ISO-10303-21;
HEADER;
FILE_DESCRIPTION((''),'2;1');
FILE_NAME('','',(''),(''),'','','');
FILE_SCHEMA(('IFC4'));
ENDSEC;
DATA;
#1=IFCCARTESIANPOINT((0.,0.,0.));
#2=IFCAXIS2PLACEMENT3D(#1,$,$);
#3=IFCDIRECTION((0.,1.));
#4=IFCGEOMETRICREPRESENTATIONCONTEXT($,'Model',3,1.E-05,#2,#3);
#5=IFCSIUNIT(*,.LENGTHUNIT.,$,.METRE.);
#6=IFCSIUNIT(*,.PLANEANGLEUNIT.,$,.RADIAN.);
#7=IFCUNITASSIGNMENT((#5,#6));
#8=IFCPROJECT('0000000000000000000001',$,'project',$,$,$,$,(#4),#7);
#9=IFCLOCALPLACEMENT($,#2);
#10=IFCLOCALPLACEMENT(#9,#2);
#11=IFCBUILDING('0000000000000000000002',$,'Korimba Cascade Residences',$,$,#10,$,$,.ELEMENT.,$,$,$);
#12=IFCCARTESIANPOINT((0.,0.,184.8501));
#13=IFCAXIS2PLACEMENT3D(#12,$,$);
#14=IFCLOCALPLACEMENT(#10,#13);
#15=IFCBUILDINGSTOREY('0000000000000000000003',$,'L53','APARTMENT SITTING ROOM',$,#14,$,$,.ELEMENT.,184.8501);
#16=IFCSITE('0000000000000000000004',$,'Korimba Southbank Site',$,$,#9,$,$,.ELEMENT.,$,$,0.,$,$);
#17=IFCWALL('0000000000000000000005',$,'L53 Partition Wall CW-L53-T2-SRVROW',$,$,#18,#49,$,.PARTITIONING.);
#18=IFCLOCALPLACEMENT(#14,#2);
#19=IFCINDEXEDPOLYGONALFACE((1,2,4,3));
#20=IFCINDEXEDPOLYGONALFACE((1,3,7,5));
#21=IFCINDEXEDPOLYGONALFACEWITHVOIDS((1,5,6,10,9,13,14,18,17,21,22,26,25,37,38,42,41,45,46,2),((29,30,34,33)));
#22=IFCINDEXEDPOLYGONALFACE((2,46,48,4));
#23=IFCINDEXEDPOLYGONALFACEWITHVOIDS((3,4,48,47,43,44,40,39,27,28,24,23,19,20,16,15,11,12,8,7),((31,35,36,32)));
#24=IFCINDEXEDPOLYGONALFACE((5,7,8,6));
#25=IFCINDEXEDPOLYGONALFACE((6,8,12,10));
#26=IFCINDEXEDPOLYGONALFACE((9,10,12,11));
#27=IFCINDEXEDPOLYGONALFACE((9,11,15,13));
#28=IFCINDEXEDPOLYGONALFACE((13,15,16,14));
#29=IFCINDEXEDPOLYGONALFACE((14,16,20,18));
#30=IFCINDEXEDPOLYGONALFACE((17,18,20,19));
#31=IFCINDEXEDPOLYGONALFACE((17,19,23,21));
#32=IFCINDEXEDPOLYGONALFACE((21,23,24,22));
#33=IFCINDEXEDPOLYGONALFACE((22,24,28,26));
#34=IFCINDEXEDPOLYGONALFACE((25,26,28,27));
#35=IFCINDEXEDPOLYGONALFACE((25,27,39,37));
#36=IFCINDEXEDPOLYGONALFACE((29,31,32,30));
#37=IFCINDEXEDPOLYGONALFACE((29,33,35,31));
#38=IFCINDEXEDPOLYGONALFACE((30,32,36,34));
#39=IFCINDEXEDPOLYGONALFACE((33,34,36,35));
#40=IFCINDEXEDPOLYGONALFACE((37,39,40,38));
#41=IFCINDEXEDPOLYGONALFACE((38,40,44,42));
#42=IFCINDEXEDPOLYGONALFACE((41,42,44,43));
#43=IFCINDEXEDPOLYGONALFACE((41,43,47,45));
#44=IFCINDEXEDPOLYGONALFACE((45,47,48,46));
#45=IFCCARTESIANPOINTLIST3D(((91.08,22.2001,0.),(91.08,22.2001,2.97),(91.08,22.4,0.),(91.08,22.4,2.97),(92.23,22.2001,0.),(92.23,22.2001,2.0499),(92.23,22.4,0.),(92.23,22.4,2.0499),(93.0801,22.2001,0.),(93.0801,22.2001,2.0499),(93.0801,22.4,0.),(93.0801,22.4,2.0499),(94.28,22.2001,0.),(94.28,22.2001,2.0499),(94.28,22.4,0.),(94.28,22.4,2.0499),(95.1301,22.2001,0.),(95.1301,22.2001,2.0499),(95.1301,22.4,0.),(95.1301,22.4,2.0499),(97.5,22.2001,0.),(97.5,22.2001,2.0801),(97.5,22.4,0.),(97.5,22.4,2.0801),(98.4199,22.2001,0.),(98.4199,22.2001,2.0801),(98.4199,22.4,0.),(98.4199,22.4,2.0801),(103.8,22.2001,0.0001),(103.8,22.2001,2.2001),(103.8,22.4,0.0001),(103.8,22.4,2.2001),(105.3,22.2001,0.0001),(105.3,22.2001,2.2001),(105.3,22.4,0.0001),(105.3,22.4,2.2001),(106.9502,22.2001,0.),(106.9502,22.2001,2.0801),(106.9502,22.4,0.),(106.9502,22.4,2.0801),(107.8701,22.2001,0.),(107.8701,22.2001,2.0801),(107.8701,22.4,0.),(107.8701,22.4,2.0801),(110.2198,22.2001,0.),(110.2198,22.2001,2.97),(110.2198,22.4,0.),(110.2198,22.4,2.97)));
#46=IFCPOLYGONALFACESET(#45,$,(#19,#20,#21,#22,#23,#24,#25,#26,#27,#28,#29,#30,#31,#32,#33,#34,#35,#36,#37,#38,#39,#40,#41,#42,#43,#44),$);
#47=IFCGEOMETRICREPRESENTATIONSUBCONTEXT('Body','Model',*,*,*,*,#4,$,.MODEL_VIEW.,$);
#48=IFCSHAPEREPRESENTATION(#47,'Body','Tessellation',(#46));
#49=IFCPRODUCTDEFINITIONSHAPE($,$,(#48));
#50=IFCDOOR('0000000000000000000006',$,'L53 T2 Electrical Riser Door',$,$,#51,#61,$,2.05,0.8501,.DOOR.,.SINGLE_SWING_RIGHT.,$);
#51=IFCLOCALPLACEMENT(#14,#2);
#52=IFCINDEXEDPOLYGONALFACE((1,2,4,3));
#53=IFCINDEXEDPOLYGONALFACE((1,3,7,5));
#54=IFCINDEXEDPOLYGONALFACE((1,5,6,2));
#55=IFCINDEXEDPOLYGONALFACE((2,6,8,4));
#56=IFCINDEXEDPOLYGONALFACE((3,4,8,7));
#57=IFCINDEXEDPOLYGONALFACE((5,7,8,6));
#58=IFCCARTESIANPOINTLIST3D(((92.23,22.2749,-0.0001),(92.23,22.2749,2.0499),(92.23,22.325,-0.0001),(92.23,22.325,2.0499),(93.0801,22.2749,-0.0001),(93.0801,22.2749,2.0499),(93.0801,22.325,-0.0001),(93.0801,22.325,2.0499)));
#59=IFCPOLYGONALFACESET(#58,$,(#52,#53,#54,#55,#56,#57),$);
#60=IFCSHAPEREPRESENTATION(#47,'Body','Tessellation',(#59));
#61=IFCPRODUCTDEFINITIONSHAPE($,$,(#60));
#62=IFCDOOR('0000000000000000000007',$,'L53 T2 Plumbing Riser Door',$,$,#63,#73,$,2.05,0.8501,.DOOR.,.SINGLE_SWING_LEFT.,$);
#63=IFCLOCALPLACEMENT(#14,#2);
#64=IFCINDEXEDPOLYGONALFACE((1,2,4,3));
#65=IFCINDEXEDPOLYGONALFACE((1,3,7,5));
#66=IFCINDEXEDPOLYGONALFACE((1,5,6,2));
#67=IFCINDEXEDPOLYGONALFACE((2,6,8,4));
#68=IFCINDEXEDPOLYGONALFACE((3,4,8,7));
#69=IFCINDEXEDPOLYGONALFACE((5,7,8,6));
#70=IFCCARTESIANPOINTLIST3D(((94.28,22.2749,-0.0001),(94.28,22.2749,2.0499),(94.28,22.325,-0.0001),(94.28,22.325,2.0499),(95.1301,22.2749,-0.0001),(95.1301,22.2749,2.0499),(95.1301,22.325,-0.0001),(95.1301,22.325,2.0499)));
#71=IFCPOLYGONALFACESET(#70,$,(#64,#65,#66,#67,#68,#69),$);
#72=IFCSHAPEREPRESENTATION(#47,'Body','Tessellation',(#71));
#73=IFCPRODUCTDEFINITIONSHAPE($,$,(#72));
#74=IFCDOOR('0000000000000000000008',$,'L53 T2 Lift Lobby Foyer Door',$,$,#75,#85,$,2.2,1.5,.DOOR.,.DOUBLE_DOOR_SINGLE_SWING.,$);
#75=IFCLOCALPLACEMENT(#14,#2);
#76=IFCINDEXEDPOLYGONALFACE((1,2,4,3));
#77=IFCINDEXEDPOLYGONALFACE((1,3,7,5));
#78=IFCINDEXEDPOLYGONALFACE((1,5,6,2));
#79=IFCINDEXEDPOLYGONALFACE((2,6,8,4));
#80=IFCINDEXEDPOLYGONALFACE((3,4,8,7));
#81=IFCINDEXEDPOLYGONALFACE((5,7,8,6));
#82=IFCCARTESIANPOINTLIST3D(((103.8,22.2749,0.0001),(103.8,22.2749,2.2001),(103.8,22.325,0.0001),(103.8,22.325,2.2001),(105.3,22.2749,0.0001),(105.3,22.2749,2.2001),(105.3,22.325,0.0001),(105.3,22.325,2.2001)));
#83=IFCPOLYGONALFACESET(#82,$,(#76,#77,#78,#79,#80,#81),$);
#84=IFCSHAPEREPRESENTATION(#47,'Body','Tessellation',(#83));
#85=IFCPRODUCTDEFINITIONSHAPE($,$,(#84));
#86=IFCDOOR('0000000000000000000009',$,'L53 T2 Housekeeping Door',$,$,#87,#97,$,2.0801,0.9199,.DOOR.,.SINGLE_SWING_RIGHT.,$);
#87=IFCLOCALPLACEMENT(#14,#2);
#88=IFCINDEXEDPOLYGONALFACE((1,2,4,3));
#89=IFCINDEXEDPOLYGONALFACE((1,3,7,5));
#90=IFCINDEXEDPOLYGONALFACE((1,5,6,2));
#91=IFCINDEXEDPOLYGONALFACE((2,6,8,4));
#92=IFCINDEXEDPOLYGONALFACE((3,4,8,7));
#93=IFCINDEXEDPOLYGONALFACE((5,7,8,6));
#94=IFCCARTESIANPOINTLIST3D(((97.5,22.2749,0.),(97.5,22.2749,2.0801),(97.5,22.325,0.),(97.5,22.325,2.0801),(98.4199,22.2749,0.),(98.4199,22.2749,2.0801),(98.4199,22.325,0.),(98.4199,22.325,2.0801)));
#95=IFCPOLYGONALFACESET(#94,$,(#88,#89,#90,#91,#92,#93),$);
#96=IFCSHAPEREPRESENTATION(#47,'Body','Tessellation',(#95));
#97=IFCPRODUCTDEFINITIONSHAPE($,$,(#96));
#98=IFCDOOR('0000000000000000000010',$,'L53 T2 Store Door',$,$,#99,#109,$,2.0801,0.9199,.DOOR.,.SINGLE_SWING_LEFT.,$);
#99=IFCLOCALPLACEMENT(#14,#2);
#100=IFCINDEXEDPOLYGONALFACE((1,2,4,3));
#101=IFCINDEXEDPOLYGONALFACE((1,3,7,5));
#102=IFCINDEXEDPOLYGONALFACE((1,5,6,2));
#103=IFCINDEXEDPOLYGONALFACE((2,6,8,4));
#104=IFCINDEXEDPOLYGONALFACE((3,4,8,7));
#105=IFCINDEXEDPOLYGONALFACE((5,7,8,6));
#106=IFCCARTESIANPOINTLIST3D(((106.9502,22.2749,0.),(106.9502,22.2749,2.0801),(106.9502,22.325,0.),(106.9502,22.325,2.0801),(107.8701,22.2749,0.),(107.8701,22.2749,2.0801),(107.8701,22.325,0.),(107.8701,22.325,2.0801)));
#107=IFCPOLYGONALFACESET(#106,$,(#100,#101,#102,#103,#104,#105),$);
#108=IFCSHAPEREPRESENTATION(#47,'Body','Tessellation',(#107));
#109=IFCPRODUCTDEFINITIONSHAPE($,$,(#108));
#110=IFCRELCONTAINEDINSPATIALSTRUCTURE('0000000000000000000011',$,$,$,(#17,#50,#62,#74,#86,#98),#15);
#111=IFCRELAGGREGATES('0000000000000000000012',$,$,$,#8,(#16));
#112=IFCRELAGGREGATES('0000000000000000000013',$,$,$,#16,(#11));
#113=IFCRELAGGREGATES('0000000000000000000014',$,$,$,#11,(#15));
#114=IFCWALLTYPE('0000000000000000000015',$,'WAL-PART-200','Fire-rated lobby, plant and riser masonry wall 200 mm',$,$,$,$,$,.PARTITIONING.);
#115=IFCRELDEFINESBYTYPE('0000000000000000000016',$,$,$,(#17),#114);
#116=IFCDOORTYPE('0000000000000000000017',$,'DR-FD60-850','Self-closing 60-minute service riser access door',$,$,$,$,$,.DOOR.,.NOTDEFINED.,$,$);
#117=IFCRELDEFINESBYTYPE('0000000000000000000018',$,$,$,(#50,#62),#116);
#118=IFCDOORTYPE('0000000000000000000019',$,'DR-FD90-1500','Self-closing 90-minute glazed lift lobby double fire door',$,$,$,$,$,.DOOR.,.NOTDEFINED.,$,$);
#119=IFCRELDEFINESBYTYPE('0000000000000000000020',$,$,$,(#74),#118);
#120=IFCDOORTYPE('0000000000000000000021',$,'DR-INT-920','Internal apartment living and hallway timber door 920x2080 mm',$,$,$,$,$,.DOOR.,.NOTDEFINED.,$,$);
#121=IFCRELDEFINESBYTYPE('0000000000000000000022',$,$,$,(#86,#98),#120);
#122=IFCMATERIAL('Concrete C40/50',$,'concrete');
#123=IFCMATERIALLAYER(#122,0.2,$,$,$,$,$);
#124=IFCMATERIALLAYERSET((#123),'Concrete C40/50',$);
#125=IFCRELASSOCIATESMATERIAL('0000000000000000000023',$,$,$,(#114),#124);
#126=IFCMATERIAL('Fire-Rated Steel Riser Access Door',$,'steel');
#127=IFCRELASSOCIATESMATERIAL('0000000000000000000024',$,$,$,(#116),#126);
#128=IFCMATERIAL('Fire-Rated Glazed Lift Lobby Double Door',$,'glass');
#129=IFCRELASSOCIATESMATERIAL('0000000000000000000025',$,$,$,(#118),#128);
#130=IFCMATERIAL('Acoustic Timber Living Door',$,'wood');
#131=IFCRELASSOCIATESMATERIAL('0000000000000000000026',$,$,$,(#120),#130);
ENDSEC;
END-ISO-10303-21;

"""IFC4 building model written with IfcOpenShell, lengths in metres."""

from ifc_helpers import new_model, si_unit, direction, frame, frame_2d, origin, place, context, subcontext, project, spatial, rectangle, extrude, material, layer, layer_set, type_object, element, fill, save


model = new_model("IFC4")

# Units and contexts
model_context = context("Model", 3, precision=1e-05, world=origin(), true_north=direction((0.0, 1.0)))
body_context = subcontext(model_context, "Body", "Model", "MODEL_VIEW")
ifc_project = project(units=[si_unit("LENGTHUNIT", "METRE"), si_unit("PLANEANGLEUNIT", "RADIAN")], contexts=[model_context])

# Site, building, storey
site_placement = place(None, origin())
site = spatial("IfcSite", under=ifc_project, at=site_placement, Name="Korimba Southbank Site", CompositionType="ELEMENT", RefElevation=0.0)
building_placement = place(site_placement, origin())
building = spatial("IfcBuilding", under=site, at=building_placement, Name="Korimba Cascade Residences", CompositionType="ELEMENT")
storey_placement = place(building_placement, frame((0.0, 0.0, 184.8501)))
storey = spatial("IfcBuildingStorey", under=building, at=storey_placement, Name="L53", Description="APARTMENT SITTING ROOM", CompositionType="ELEMENT", Elevation=184.8501)

# Shared definitions
ifc_material_1 = material(Name="Concrete C40/50", Category="concrete")
ifc_layer_1 = layer(ifc_material_1, 0.2)
ifc_layer_set_1 = layer_set([ifc_layer_1], Name="Concrete C40/50")
wall_type_1 = type_object("IfcWallType", Name="WAL-PART-200", Description="Fire-rated lobby, plant and riser masonry wall 200 mm", PredefinedType="PARTITIONING", material=ifc_layer_set_1)

# Wall, openings, doors
wall_1_placement = place(storey_placement, frame((91.0801, 22.3, 0.0), z_axis=(0.0, 0.0, 1.0), x_axis=(1.0, 0.0, 0.0)))
wall_1 = element("IfcWall", 1, at=wall_1_placement, inside=storey, type_object=wall_type_1, Name="L53 Partition Wall CW-L53-T2-SRVROW", PredefinedType="PARTITIONING", context=body_context, shape_type="SweptSolid", body=[
    extrude(rectangle(XDim=19.1399, YDim=0.2, at=frame_2d((9.5698, 0.0))), origin(), (0.0, 0.0, 1.0), 2.97),
])
opening_1_placement = place(wall_1_placement, frame((1.1499, 0.0, 0.0)))
opening_1 = element("IfcOpeningElement", 2, at=opening_1_placement, cuts=wall_1, PredefinedType="OPENING", context=body_context, shape_type="SweptSolid", body=[
    extrude(rectangle(XDim=0.8501, YDim=2.05, at=frame_2d((0.425, 1.0249))), frame((0.0, 0.1099, 0.0), z_axis=(0.0, -1.0, 0.0), x_axis=(1.0, 0.0, 0.0)), (0.0, 0.0, 1.0), 0.22),
])
opening_2_placement = place(wall_1_placement, frame((3.2, 0.0, 0.0)))
opening_2 = element("IfcOpeningElement", 3, at=opening_2_placement, cuts=wall_1, PredefinedType="OPENING", context=body_context, shape_type="SweptSolid", body=[
    extrude(rectangle(XDim=0.8501, YDim=2.05, at=frame_2d((0.425, 1.0249))), frame((0.0, 0.1099, 0.0), z_axis=(0.0, -1.0, 0.0), x_axis=(1.0, 0.0, 0.0)), (0.0, 0.0, 1.0), 0.22),
])
opening_3_placement = place(wall_1_placement, frame((12.72, 0.0, 0.0)))
opening_3 = element("IfcOpeningElement", 4, at=opening_3_placement, cuts=wall_1, PredefinedType="OPENING", context=body_context, shape_type="SweptSolid", body=[
    extrude(rectangle(XDim=1.5, YDim=2.2, at=frame_2d((0.75, 1.1001))), frame((0.0, 0.1099, 0.0), z_axis=(0.0, -1.0, 0.0), x_axis=(1.0, 0.0, 0.0)), (0.0, 0.0, 1.0), 0.22),
])
opening_4_placement = place(wall_1_placement, frame((6.4199, 0.0, 0.0)))
opening_4 = element("IfcOpeningElement", 5, at=opening_4_placement, cuts=wall_1, PredefinedType="OPENING", context=body_context, shape_type="SweptSolid", body=[
    extrude(rectangle(XDim=0.9199, YDim=2.0801, at=frame_2d((0.46, 1.04))), frame((0.0, 0.1099, 0.0), z_axis=(0.0, -1.0, 0.0), x_axis=(1.0, 0.0, 0.0)), (0.0, 0.0, 1.0), 0.22),
])
opening_5_placement = place(wall_1_placement, frame((15.8701, 0.0, 0.0)))
opening_5 = element("IfcOpeningElement", 6, at=opening_5_placement, cuts=wall_1, PredefinedType="OPENING", context=body_context, shape_type="SweptSolid", body=[
    extrude(rectangle(XDim=0.9199, YDim=2.0801, at=frame_2d((0.46, 1.04))), frame((0.0, 0.1099, 0.0), z_axis=(0.0, -1.0, 0.0), x_axis=(1.0, 0.0, 0.0)), (0.0, 0.0, 1.0), 0.22),
])
ifc_material_2 = material(Name="Fire-Rated Steel Riser Access Door", Category="steel")
door_type_1 = type_object("IfcDoorType", Name="DR-FD60-850", Description="Self-closing 60-minute service riser access door", OperationType="NOTDEFINED", PredefinedType="DOOR", material=ifc_material_2)
door_1_placement = place(opening_1_placement, origin())
door_1 = element("IfcDoor", 7, at=door_1_placement, inside=storey, type_object=door_type_1, Name="L53 T2 Electrical Riser Door", OperationType="SINGLE_SWING_RIGHT", OverallHeight=2.05, OverallWidth=0.8501, PredefinedType="DOOR", context=body_context, shape_type="SweptSolid", body=[
    extrude(rectangle(XDim=0.8501, YDim=2.05, at=frame_2d((0.425, 1.0249))), frame((0.0, 0.0249, 0.0), z_axis=(0.0, -1.0, 0.0), x_axis=(1.0, 0.0, 0.0)), (0.0, 0.0, 1.0), 0.05),
])
fill(opening_1, door_1)
door_2_placement = place(opening_2_placement, origin())
door_2 = element("IfcDoor", 8, at=door_2_placement, inside=storey, type_object=door_type_1, Name="L53 T2 Plumbing Riser Door", OperationType="SINGLE_SWING_LEFT", OverallHeight=2.05, OverallWidth=0.8501, PredefinedType="DOOR", context=body_context, shape_type="SweptSolid", body=[
    extrude(rectangle(XDim=0.8501, YDim=2.05, at=frame_2d((0.425, 1.0249))), frame((0.0, 0.0249, 0.0), z_axis=(0.0, -1.0, 0.0), x_axis=(1.0, 0.0, 0.0)), (0.0, 0.0, 1.0), 0.05),
])
fill(opening_2, door_2)
ifc_material_3 = material(Name="Fire-Rated Glazed Lift Lobby Double Door", Category="glass")
door_type_2 = type_object("IfcDoorType", Name="DR-FD90-1500", Description="Self-closing 90-minute glazed lift lobby double fire door", OperationType="NOTDEFINED", PredefinedType="DOOR", material=ifc_material_3)
door_3_placement = place(opening_3_placement, origin())
door_3 = element("IfcDoor", 9, at=door_3_placement, inside=storey, type_object=door_type_2, Name="L53 T2 Lift Lobby Foyer Door", OperationType="DOUBLE_DOOR_SINGLE_SWING", OverallHeight=2.2, OverallWidth=1.5, PredefinedType="DOOR", context=body_context, shape_type="SweptSolid", body=[
    extrude(rectangle(XDim=1.5, YDim=2.2, at=frame_2d((0.75, 1.1001))), frame((0.0, 0.0249, 0.0), z_axis=(0.0, -1.0, 0.0), x_axis=(1.0, 0.0, 0.0)), (0.0, 0.0, 1.0), 0.05),
])
fill(opening_3, door_3)
ifc_material_4 = material(Name="Acoustic Timber Living Door", Category="wood")
door_type_3 = type_object("IfcDoorType", Name="DR-INT-920", Description="Internal apartment living and hallway timber door 920x2080 mm", OperationType="NOTDEFINED", PredefinedType="DOOR", material=ifc_material_4)
door_4_placement = place(opening_4_placement, origin())
door_4 = element("IfcDoor", 10, at=door_4_placement, inside=storey, type_object=door_type_3, Name="L53 T2 Housekeeping Door", OperationType="SINGLE_SWING_RIGHT", OverallHeight=2.0801, OverallWidth=0.9199, PredefinedType="DOOR", context=body_context, shape_type="SweptSolid", body=[
    extrude(rectangle(XDim=0.9199, YDim=2.0801, at=frame_2d((0.46, 1.04))), frame((0.0, 0.0249, 0.0), z_axis=(0.0, -1.0, 0.0), x_axis=(1.0, 0.0, 0.0)), (0.0, 0.0, 1.0), 0.05),
])
fill(opening_4, door_4)
door_5_placement = place(opening_5_placement, origin())
door_5 = element("IfcDoor", 11, at=door_5_placement, inside=storey, type_object=door_type_3, Name="L53 T2 Store Door", OperationType="SINGLE_SWING_LEFT", OverallHeight=2.0801, OverallWidth=0.9199, PredefinedType="DOOR", context=body_context, shape_type="SweptSolid", body=[
    extrude(rectangle(XDim=0.9199, YDim=2.0801, at=frame_2d((0.46, 1.04))), frame((0.0, 0.0249, 0.0), z_axis=(0.0, -1.0, 0.0), x_axis=(1.0, 0.0, 0.0)), (0.0, 0.0, 1.0), 0.05),
])
fill(opening_5, door_5)

save(model, "model.ifc")
